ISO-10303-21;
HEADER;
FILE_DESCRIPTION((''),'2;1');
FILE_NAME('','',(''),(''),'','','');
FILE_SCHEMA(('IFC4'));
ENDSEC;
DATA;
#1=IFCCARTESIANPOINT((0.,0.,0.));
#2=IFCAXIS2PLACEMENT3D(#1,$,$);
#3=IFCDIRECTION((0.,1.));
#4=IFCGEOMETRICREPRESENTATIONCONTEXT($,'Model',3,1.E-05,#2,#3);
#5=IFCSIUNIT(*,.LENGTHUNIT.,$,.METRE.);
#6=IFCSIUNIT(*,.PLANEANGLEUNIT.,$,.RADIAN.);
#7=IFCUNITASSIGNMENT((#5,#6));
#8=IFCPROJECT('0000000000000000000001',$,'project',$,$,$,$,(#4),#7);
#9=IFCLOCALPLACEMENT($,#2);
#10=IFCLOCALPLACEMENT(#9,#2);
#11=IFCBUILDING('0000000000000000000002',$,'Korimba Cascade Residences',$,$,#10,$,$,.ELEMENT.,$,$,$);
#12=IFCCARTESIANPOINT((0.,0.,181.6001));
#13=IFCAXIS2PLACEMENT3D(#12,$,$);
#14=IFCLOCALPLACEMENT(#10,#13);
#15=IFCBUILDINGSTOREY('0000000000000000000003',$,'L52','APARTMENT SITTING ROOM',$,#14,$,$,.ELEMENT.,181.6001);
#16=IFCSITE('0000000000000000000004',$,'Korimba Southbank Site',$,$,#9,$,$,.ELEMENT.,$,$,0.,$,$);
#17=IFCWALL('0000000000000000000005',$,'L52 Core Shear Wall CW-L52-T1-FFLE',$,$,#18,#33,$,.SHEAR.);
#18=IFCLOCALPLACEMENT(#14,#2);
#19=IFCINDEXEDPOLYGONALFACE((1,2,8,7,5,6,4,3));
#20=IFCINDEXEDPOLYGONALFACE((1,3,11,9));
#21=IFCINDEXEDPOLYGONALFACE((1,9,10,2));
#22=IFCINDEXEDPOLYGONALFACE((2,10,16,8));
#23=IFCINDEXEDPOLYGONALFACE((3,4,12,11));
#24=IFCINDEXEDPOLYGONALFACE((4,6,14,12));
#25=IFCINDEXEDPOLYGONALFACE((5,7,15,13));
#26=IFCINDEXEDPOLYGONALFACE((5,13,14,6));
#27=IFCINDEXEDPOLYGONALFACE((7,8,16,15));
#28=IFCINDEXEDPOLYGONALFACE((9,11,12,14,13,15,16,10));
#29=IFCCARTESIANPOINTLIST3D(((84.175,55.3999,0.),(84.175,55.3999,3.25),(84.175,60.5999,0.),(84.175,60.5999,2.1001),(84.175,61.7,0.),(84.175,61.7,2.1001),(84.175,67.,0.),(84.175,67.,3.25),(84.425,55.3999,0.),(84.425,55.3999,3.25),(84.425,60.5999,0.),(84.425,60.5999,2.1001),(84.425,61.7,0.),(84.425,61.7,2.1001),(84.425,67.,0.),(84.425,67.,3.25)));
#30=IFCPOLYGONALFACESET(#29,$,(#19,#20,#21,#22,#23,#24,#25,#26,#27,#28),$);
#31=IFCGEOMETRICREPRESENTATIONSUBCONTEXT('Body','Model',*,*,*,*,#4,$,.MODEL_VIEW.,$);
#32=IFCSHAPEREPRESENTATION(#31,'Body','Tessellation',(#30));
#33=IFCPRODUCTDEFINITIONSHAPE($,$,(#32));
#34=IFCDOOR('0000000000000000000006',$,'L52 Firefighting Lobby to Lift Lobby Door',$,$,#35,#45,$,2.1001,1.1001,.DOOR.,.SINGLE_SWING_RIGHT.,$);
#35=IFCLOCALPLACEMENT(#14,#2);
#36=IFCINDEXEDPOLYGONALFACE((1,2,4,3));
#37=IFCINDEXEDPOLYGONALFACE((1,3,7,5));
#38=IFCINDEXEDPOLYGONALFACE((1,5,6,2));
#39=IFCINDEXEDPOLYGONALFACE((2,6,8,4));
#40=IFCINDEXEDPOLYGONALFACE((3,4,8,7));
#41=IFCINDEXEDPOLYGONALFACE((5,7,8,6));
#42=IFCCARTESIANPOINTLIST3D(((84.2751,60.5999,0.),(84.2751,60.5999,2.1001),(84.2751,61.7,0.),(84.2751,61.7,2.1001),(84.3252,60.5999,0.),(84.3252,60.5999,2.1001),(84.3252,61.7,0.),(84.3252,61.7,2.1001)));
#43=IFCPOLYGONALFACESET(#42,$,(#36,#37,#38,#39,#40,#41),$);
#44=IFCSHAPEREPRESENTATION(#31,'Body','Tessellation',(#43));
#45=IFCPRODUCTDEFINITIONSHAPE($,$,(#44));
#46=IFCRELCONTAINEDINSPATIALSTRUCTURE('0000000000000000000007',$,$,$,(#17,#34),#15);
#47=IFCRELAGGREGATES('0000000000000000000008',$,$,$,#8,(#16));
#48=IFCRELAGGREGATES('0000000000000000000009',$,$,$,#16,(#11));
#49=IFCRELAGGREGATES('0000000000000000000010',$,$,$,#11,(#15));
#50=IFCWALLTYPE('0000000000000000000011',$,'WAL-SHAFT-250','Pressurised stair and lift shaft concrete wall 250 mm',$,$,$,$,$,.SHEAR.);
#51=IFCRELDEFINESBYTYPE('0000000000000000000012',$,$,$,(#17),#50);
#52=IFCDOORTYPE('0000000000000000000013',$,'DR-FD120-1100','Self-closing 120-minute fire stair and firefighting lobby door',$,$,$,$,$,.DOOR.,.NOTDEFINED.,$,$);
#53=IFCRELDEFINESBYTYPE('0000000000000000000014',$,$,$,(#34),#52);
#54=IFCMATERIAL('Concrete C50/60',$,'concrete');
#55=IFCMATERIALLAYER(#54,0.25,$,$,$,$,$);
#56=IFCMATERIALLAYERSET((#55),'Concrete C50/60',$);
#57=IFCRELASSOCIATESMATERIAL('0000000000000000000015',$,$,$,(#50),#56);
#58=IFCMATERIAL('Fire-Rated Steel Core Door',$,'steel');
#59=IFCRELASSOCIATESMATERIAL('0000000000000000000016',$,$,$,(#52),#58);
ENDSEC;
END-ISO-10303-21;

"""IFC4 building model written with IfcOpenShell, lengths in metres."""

from ifc_helpers import new_model, si_unit, direction, frame, frame_2d, origin, place, context, subcontext, project, spatial, rectangle, extrude, material, layer, layer_set, type_object, element, fill, save


model = new_model("IFC4")

# Units and contexts
model_context = context("Model", 3, precision=1e-05, world=origin(), true_north=direction((0.0, 1.0)))
body_context = subcontext(model_context, "Body", "Model", "MODEL_VIEW")
ifc_project = project(units=[si_unit("LENGTHUNIT", "METRE"), si_unit("PLANEANGLEUNIT", "RADIAN")], contexts=[model_context])

# Site, building, storey
site_placement = place(None, origin())
site = spatial("IfcSite", under=ifc_project, at=site_placement, Name="Korimba Southbank Site", CompositionType="ELEMENT", RefElevation=0.0)
building_placement = place(site_placement, origin())
building = spatial("IfcBuilding", under=site, at=building_placement, Name="Korimba Cascade Residences", CompositionType="ELEMENT")
storey_placement = place(building_placement, frame((0.0, 0.0, 181.6001)))
storey = spatial("IfcBuildingStorey", under=building, at=storey_placement, Name="L52", Description="APARTMENT SITTING ROOM", CompositionType="ELEMENT", Elevation=181.6001)

# Shared definitions
ifc_material_1 = material(Name="Concrete C50/60", Category="concrete")
ifc_layer_1 = layer(ifc_material_1, 0.25)
ifc_layer_set_1 = layer_set([ifc_layer_1], Name="Concrete C50/60")
wall_type_1 = type_object("IfcWallType", Name="WAL-SHAFT-250", Description="Pressurised stair and lift shaft concrete wall 250 mm", PredefinedType="SHEAR", material=ifc_layer_set_1)
ifc_material_2 = material(Name="Fire-Rated Steel Core Door", Category="steel")
door_type_1 = type_object("IfcDoorType", Name="DR-FD120-1100", Description="Self-closing 120-minute fire stair and firefighting lobby door", OperationType="NOTDEFINED", PredefinedType="DOOR", material=ifc_material_2)

# Wall, opening, door
wall_1_placement = place(storey_placement, frame((84.3, 55.3999, 0.0), z_axis=(0.0, 0.0, 1.0), x_axis=(0.0, 1.0, 0.0)))
wall_1 = element("IfcWall", 1, at=wall_1_placement, inside=storey, type_object=wall_type_1, Name="L52 Core Shear Wall CW-L52-T1-FFLE", PredefinedType="SHEAR", context=body_context, shape_type="SweptSolid", body=[
    extrude(rectangle(XDim=11.6001, YDim=0.25, at=frame_2d((5.8, 0.0))), origin(), (0.0, 0.0, 1.0), 3.25),
])
opening_1_placement = place(wall_1_placement, frame((5.2, 0.0, 0.0)))
opening_1 = element("IfcOpeningElement", 2, at=opening_1_placement, cuts=wall_1, PredefinedType="OPENING", context=body_context, shape_type="SweptSolid", body=[
    extrude(rectangle(XDim=1.1001, YDim=2.1001, at=frame_2d((0.55, 1.05))), frame((0.0, 0.135, 0.0), z_axis=(0.0, -1.0, 0.0), x_axis=(1.0, 0.0, 0.0)), (0.0, 0.0, 1.0), 0.27),
])
door_1_placement = place(opening_1_placement, origin())
door_1 = element("IfcDoor", 3, at=door_1_placement, inside=storey, type_object=door_type_1, Name="L52 Firefighting Lobby to Lift Lobby Door", OperationType="SINGLE_SWING_RIGHT", OverallHeight=2.1001, OverallWidth=1.1001, PredefinedType="DOOR", context=body_context, shape_type="SweptSolid", body=[
    extrude(rectangle(XDim=1.1001, YDim=2.1001, at=frame_2d((0.55, 1.05))), frame((0.0, 0.0249, 0.0), z_axis=(0.0, -1.0, 0.0), x_axis=(1.0, 0.0, 0.0)), (0.0, 0.0, 1.0), 0.05),
])
fill(opening_1, door_1)

save(model, "model.ifc")
